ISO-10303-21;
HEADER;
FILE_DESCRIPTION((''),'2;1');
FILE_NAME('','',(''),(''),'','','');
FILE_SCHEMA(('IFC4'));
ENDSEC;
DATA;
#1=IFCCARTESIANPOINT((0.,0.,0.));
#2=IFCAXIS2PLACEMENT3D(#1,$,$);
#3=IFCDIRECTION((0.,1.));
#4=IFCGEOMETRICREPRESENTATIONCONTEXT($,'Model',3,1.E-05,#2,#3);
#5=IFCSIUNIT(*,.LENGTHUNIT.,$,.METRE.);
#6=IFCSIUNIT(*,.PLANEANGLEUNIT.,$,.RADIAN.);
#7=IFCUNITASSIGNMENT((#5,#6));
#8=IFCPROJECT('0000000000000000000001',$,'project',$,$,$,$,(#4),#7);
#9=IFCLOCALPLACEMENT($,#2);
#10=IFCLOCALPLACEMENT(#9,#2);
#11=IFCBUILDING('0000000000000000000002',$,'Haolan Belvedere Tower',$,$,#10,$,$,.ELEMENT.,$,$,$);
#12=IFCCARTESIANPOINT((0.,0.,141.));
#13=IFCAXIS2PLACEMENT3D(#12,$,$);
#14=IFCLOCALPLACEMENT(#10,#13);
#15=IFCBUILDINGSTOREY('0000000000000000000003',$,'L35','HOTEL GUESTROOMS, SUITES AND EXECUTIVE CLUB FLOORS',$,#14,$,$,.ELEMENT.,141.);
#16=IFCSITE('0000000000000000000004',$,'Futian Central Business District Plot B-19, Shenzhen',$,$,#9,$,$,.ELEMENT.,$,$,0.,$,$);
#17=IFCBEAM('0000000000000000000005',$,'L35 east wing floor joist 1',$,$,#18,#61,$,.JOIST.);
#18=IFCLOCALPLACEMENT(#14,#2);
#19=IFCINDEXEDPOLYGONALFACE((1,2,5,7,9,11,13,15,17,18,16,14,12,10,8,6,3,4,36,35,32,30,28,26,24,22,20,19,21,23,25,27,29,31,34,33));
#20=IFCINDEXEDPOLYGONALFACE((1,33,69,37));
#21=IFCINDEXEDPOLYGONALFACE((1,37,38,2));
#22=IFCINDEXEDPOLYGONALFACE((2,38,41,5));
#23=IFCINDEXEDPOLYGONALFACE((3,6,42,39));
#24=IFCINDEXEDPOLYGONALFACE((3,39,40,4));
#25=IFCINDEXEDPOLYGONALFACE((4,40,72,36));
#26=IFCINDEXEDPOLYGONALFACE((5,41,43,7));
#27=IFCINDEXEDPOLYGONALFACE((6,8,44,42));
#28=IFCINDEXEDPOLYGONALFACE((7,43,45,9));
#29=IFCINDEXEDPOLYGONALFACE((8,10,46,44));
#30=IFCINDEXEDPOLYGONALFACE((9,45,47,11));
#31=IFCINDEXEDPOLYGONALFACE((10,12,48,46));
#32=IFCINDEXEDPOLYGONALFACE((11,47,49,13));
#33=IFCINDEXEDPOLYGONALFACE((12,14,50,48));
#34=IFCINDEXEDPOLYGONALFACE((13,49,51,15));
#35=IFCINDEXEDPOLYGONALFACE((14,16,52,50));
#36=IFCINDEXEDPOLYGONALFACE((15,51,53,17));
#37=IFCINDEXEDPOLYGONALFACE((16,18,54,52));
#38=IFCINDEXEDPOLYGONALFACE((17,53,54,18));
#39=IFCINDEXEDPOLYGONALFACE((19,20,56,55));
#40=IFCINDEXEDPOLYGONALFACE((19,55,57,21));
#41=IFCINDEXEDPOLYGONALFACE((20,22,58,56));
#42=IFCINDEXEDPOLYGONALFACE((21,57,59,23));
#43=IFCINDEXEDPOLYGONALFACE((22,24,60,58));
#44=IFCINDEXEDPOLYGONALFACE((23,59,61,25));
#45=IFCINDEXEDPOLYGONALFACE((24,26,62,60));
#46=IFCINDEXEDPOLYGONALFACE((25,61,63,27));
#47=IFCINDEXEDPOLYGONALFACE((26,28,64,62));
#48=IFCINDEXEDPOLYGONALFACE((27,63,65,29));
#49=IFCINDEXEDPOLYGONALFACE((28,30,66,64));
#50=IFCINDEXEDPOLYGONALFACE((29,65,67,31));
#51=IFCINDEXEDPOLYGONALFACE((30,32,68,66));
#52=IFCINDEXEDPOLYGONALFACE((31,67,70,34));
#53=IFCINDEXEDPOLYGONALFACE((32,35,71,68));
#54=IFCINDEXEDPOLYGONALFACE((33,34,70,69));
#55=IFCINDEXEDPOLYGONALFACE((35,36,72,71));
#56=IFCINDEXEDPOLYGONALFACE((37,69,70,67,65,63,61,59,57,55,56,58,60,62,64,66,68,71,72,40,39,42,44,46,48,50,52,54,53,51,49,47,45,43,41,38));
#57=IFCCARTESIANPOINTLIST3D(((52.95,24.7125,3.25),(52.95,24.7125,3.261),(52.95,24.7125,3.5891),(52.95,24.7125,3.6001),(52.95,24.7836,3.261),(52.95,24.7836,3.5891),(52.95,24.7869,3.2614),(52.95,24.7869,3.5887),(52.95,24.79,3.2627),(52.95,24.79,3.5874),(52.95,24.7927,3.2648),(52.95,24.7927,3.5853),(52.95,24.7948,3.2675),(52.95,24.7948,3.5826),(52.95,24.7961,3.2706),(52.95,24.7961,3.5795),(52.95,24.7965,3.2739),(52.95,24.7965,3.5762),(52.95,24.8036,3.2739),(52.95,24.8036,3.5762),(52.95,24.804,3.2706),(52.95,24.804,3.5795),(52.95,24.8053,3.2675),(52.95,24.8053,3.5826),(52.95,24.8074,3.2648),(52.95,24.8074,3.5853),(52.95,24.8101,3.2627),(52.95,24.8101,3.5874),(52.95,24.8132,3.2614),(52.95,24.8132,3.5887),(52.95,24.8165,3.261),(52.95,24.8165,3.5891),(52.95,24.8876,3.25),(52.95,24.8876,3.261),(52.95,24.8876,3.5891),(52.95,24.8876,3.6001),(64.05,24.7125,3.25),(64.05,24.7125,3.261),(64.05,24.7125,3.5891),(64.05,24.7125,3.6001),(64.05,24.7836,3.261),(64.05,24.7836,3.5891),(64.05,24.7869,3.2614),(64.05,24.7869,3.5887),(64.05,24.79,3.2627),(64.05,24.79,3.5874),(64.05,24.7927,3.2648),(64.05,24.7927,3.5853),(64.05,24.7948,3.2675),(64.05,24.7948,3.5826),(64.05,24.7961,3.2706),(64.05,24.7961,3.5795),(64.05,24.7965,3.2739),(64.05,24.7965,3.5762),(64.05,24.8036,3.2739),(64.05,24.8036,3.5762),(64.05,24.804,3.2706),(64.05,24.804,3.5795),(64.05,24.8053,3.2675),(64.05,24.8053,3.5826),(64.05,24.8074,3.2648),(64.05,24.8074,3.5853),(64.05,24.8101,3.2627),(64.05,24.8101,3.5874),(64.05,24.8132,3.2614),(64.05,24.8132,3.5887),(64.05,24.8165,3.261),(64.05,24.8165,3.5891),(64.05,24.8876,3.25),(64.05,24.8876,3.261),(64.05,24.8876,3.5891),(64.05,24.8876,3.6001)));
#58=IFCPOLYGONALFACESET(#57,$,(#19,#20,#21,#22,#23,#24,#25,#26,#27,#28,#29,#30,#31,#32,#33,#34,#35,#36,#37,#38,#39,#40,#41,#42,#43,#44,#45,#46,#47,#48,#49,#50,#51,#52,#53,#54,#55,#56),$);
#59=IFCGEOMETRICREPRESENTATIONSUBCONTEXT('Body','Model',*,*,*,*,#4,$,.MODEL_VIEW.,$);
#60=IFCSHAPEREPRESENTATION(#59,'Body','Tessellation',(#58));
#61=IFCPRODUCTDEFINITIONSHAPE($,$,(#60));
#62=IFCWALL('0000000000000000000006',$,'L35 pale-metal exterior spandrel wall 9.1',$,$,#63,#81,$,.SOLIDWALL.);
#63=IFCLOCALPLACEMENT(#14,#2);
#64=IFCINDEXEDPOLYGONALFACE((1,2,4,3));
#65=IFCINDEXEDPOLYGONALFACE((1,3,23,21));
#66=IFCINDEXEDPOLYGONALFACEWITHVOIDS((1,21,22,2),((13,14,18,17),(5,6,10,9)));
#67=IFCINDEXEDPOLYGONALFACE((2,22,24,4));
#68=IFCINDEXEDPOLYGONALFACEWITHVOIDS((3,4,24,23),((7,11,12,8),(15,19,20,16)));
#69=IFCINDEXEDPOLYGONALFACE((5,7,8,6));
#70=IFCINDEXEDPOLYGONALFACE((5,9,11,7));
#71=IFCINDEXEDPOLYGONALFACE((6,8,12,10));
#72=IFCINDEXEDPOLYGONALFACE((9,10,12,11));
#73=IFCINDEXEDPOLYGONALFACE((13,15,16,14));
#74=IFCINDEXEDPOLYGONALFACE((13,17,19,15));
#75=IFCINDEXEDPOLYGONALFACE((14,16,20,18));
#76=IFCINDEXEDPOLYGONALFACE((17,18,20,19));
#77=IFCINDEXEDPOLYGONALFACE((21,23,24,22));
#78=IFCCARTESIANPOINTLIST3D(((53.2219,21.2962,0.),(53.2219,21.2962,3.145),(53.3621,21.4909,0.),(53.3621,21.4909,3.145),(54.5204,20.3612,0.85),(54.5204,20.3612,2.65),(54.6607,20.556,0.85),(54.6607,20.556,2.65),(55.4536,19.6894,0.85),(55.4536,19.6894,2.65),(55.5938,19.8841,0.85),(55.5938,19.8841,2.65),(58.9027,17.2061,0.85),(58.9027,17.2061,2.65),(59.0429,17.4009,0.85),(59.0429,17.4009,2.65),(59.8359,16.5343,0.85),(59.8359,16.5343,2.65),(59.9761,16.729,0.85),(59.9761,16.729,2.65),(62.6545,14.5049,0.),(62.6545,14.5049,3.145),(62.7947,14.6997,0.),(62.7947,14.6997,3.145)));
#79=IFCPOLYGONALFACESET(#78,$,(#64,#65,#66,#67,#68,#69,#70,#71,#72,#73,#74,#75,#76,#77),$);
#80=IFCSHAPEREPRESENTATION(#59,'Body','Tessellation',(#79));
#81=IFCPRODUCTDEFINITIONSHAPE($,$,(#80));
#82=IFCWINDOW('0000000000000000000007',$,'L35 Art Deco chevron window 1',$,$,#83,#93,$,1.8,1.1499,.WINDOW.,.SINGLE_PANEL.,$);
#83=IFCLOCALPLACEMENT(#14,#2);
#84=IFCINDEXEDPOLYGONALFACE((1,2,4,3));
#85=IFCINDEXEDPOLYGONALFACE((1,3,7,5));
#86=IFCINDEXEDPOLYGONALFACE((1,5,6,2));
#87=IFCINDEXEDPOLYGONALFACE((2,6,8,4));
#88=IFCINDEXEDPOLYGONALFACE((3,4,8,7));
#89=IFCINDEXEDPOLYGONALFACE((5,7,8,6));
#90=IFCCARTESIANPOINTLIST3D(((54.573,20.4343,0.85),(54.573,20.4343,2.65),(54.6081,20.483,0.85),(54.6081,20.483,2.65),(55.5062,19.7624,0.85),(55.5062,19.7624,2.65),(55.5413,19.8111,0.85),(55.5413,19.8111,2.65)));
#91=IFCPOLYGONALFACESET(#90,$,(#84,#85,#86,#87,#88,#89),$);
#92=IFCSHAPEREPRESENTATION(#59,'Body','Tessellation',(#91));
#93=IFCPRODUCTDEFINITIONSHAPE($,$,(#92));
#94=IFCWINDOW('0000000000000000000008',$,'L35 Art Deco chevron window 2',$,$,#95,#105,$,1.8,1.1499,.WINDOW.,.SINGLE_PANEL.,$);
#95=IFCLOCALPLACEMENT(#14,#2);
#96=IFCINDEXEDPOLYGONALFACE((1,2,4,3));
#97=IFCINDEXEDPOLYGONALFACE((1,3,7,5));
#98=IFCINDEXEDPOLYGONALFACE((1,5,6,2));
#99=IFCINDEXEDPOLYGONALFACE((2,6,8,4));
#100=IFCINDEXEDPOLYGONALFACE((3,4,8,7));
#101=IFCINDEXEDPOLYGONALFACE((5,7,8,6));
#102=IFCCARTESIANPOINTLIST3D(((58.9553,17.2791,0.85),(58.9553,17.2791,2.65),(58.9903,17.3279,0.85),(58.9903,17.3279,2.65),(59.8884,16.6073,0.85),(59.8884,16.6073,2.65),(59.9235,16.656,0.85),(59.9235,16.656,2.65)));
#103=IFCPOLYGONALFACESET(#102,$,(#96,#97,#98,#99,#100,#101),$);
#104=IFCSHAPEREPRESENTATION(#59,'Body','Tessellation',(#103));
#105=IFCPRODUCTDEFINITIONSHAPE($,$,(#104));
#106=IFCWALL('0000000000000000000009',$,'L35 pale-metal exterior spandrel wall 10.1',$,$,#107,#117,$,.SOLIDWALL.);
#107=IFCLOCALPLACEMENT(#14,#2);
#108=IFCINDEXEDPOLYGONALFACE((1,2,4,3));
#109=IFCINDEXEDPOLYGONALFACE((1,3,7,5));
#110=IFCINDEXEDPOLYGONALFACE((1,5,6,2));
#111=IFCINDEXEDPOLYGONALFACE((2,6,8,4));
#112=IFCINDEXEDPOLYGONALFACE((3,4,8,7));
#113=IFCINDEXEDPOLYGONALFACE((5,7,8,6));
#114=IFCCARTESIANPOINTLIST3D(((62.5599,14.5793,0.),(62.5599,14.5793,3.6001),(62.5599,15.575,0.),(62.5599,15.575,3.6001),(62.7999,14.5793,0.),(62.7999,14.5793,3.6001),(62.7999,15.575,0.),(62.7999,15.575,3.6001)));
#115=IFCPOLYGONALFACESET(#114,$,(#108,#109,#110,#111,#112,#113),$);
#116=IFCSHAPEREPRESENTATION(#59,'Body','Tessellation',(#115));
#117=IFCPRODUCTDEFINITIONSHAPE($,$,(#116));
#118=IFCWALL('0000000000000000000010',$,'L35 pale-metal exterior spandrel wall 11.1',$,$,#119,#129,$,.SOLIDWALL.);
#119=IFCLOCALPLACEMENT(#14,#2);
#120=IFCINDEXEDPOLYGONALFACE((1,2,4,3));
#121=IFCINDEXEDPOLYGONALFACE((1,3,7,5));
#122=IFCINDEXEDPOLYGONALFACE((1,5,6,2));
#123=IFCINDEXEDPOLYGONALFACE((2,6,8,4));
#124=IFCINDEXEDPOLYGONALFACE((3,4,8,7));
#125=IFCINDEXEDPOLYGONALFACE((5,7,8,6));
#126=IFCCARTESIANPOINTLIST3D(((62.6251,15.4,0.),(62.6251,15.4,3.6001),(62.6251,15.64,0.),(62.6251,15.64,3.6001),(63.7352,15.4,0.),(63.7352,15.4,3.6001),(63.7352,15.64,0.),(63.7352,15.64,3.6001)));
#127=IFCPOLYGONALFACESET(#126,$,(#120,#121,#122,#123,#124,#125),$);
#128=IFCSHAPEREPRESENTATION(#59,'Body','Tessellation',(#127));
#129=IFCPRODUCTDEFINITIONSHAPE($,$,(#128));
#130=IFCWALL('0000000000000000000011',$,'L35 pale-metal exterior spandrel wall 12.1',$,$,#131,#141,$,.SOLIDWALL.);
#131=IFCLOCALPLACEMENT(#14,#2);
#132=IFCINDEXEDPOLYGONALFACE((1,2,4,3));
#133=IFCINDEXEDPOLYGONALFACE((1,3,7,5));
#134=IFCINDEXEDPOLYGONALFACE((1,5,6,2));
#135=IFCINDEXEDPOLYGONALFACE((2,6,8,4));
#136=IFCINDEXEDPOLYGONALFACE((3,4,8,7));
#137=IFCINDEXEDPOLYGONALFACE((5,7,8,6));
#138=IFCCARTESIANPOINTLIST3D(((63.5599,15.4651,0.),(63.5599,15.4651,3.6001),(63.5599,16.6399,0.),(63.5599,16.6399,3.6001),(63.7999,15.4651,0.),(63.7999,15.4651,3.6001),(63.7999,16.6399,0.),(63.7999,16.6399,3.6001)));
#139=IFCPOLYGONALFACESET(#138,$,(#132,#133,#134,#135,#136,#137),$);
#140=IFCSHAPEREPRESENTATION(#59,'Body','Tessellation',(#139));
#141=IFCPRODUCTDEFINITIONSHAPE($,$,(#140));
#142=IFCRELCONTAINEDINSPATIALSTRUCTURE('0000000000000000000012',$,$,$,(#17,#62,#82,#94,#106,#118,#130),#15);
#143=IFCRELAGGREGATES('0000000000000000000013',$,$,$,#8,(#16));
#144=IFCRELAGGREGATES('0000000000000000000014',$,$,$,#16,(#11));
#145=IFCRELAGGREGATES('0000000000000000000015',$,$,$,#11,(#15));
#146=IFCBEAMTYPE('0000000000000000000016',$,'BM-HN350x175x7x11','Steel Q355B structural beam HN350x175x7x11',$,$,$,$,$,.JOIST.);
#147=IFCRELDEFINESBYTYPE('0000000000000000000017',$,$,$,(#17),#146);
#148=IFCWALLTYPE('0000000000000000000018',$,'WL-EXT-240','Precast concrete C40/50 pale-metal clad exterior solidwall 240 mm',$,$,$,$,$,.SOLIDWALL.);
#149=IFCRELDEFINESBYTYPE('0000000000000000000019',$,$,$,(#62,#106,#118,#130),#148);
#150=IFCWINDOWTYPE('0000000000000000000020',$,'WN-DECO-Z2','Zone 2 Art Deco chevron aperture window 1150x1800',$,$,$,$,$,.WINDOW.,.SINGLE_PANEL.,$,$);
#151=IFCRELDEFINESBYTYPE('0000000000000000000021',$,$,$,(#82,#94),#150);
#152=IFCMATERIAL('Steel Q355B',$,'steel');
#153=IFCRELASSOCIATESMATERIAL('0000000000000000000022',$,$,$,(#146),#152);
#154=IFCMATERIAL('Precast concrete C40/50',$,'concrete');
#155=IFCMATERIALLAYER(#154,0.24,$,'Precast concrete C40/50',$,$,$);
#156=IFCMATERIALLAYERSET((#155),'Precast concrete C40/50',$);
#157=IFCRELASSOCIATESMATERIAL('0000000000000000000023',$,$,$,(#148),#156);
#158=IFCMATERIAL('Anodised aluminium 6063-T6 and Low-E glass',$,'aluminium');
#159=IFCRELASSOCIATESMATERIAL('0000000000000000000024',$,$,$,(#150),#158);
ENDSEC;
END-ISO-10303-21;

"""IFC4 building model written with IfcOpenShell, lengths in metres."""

from ifc_helpers import new_model, si_unit, direction, frame, frame_2d, origin, origin_2d, place, context, subcontext, project, spatial, rectangle, i_section, extrude, material, layer, layer_set, material_profile, profile_set, type_object, element, fill, save


model = new_model("IFC4")

# Units and contexts
model_context = context("Model", 3, precision=1e-05, world=origin(), true_north=direction((0.0, 1.0)))
body_context = subcontext(model_context, "Body", "Model", "MODEL_VIEW")
ifc_project = project(units=[si_unit("LENGTHUNIT", "METRE"), si_unit("PLANEANGLEUNIT", "RADIAN")], contexts=[model_context])

# Site, building, storey
site_placement = place(None, origin())
site = spatial("IfcSite", under=ifc_project, at=site_placement, Name="Futian Central Business District Plot B-19, Shenzhen", CompositionType="ELEMENT", RefElevation=0.0)
building_placement = place(site_placement, origin())
building = spatial("IfcBuilding", under=site, at=building_placement, Name="Haolan Belvedere Tower", CompositionType="ELEMENT")
storey_placement = place(building_placement, frame((0.0, 0.0, 141.0)))
storey = spatial("IfcBuildingStorey", under=building, at=storey_placement, Name="L35", Description="HOTEL GUESTROOMS, SUITES AND EXECUTIVE CLUB FLOORS", CompositionType="ELEMENT", Elevation=141.0)

# Beam
ifc_material_1 = material(Name="Steel Q355B", Category="steel")
ifc_material_profile_1 = material_profile(ifc_material_1, i_section(OverallWidth=0.175, OverallDepth=0.3501, WebThickness=0.0071, FlangeThickness=0.011, FilletRadius=0.0129, at=origin_2d()), Name="Steel Q355B")
ifc_profile_set_1 = profile_set([ifc_material_profile_1], Name="Steel Q355B")
beam_type_1 = type_object("IfcBeamType", Name="BM-HN350x175x7x11", Description="Steel Q355B structural beam HN350x175x7x11", PredefinedType="JOIST", material=ifc_profile_set_1)
beam_1_placement = place(storey_placement, frame((52.95, 24.8, 3.425), z_axis=(1.0, 0.0, 0.0), x_axis=(0.0, 1.0, 0.0)))
element("IfcBeam", 1, at=beam_1_placement, inside=storey, type_object=beam_type_1, Name="L35 east wing floor joist 1", PredefinedType="JOIST", context=body_context, shape_type="SweptSolid", body=[
    extrude(i_section(OverallWidth=0.175, OverallDepth=0.3501, WebThickness=0.0071, FlangeThickness=0.011, FilletRadius=0.0129, at=origin_2d()), origin(), (0.0, 0.0, 1.0), 11.1001),
])

# Wall, openings, windows
ifc_material_2 = material(Name="Precast concrete C40/50", Category="concrete")
ifc_layer_1 = layer(ifc_material_2, 0.24, Name="Precast concrete C40/50")
ifc_layer_set_1 = layer_set([ifc_layer_1], Name="Precast concrete C40/50")
wall_type_1 = type_object("IfcWallType", Name="WL-EXT-240", Description="Precast concrete C40/50 pale-metal clad exterior solidwall 240 mm", PredefinedType="SOLIDWALL", material=ifc_layer_set_1)
wall_1_placement = place(storey_placement, frame((53.292, 21.3936, 0.0), z_axis=(0.0, 0.0, 1.0), x_axis=(0.811544, -0.584292, 0.0)))
wall_1 = element("IfcWall", 2, at=wall_1_placement, inside=storey, type_object=wall_type_1, Name="L35 pale-metal exterior spandrel wall 9.1", PredefinedType="SOLIDWALL", context=body_context, shape_type="SweptSolid", body=[
    extrude(rectangle(XDim=11.623, YDim=0.24, at=frame_2d((5.8115, 0.0))), origin(), (0.0, 0.0, 1.0), 3.145),
])
opening_1_placement = place(wall_1_placement, frame((1.6001, 0.0, 0.8501)))
opening_1 = element("IfcOpeningElement", 3, at=opening_1_placement, cuts=wall_1, PredefinedType="OPENING", context=body_context, shape_type="SweptSolid", body=[
    extrude(rectangle(XDim=1.1499, YDim=1.8, at=frame_2d((0.575, 0.8999))), frame((0.0, 0.1299, 0.0), z_axis=(0.0, -1.0, 0.0), x_axis=(1.0, 0.0, 0.0)), (0.0, 0.0, 1.0), 0.26),
])
opening_2_placement = place(wall_1_placement, frame((7.0, 0.0, 0.8501)))
opening_2 = element("IfcOpeningElement", 4, at=opening_2_placement, cuts=wall_1, PredefinedType="OPENING", context=body_context, shape_type="SweptSolid", body=[
    extrude(rectangle(XDim=1.1499, YDim=1.8, at=frame_2d((0.575, 0.8999))), frame((0.0, 0.1299, 0.0), z_axis=(0.0, -1.0, 0.0), x_axis=(1.0, 0.0, 0.0)), (0.0, 0.0, 1.0), 0.26),
])
ifc_material_3 = material(Name="Anodised aluminium 6063-T6 and Low-E glass", Category="aluminium")
window_type = type_object("IfcWindowType", Name="WN-DECO-Z2", Description="Zone 2 Art Deco chevron aperture window 1150x1800", PartitioningType="SINGLE_PANEL", PredefinedType="WINDOW", material=ifc_material_3)
window_1_placement = place(opening_1_placement, origin())
window_1 = element("IfcWindow", 5, at=window_1_placement, inside=storey, type_object=window_type, Name="L35 Art Deco chevron window 1", OverallHeight=1.8, OverallWidth=1.1499, PartitioningType="SINGLE_PANEL", PredefinedType="WINDOW", context=body_context, shape_type="SweptSolid", body=[
    extrude(rectangle(XDim=1.1499, YDim=1.8, at=frame_2d((0.575, 0.8999))), frame((0.0, 0.03, 0.0), z_axis=(0.0, -1.0, 0.0), x_axis=(1.0, 0.0, 0.0)), (0.0, 0.0, 1.0), 0.0601),
])
fill(opening_1, window_1)
window_2_placement = place(opening_2_placement, origin())
window_2 = element("IfcWindow", 6, at=window_2_placement, inside=storey, type_object=window_type, Name="L35 Art Deco chevron window 2", OverallHeight=1.8, OverallWidth=1.1499, PartitioningType="SINGLE_PANEL", PredefinedType="WINDOW", context=body_context, shape_type="SweptSolid", body=[
    extrude(rectangle(XDim=1.1499, YDim=1.8, at=frame_2d((0.575, 0.8999))), frame((0.0, 0.03, 0.0), z_axis=(0.0, -1.0, 0.0), x_axis=(1.0, 0.0, 0.0)), (0.0, 0.0, 1.0), 0.0601),
])
fill(opening_2, window_2)

# Walls
wall_2_placement = place(storey_placement, frame((62.6799, 14.5793, 0.0), z_axis=(0.0, 0.0, 1.0), x_axis=(0.0, 1.0, 0.0)))
element("IfcWall", 7, at=wall_2_placement, inside=storey, type_object=wall_type_1, Name="L35 pale-metal exterior spandrel wall 10.1", PredefinedType="SOLIDWALL", context=body_context, shape_type="SweptSolid", body=[
    extrude(rectangle(XDim=0.9956, YDim=0.24, at=frame_2d((0.4978, 0.0))), origin(), (0.0, 0.0, 1.0), 3.6001),
])
wall_3_placement = place(storey_placement, frame((62.625, 15.52, 0.0), z_axis=(0.0, 0.0, 1.0), x_axis=(1.0, 0.0, 0.0)))
element("IfcWall", 8, at=wall_3_placement, inside=storey, type_object=wall_type_1, Name="L35 pale-metal exterior spandrel wall 11.1", PredefinedType="SOLIDWALL", context=body_context, shape_type="SweptSolid", body=[
    extrude(rectangle(XDim=1.1101, YDim=0.24, at=frame_2d((0.5552, 0.0))), origin(), (0.0, 0.0, 1.0), 3.6001),
])
wall_4_placement = place(storey_placement, frame((63.6799, 15.4651, 0.0), z_axis=(0.0, 0.0, 1.0), x_axis=(0.0, 1.0, 0.0)))
element("IfcWall", 9, at=wall_4_placement, inside=storey, type_object=wall_type_1, Name="L35 pale-metal exterior spandrel wall 12.1", PredefinedType="SOLIDWALL", context=body_context, shape_type="SweptSolid", body=[
    extrude(rectangle(XDim=1.1748, YDim=0.24, at=frame_2d((0.5874, 0.0))), origin(), (0.0, 0.0, 1.0), 3.6001),
])

save(model, "model.ifc")
